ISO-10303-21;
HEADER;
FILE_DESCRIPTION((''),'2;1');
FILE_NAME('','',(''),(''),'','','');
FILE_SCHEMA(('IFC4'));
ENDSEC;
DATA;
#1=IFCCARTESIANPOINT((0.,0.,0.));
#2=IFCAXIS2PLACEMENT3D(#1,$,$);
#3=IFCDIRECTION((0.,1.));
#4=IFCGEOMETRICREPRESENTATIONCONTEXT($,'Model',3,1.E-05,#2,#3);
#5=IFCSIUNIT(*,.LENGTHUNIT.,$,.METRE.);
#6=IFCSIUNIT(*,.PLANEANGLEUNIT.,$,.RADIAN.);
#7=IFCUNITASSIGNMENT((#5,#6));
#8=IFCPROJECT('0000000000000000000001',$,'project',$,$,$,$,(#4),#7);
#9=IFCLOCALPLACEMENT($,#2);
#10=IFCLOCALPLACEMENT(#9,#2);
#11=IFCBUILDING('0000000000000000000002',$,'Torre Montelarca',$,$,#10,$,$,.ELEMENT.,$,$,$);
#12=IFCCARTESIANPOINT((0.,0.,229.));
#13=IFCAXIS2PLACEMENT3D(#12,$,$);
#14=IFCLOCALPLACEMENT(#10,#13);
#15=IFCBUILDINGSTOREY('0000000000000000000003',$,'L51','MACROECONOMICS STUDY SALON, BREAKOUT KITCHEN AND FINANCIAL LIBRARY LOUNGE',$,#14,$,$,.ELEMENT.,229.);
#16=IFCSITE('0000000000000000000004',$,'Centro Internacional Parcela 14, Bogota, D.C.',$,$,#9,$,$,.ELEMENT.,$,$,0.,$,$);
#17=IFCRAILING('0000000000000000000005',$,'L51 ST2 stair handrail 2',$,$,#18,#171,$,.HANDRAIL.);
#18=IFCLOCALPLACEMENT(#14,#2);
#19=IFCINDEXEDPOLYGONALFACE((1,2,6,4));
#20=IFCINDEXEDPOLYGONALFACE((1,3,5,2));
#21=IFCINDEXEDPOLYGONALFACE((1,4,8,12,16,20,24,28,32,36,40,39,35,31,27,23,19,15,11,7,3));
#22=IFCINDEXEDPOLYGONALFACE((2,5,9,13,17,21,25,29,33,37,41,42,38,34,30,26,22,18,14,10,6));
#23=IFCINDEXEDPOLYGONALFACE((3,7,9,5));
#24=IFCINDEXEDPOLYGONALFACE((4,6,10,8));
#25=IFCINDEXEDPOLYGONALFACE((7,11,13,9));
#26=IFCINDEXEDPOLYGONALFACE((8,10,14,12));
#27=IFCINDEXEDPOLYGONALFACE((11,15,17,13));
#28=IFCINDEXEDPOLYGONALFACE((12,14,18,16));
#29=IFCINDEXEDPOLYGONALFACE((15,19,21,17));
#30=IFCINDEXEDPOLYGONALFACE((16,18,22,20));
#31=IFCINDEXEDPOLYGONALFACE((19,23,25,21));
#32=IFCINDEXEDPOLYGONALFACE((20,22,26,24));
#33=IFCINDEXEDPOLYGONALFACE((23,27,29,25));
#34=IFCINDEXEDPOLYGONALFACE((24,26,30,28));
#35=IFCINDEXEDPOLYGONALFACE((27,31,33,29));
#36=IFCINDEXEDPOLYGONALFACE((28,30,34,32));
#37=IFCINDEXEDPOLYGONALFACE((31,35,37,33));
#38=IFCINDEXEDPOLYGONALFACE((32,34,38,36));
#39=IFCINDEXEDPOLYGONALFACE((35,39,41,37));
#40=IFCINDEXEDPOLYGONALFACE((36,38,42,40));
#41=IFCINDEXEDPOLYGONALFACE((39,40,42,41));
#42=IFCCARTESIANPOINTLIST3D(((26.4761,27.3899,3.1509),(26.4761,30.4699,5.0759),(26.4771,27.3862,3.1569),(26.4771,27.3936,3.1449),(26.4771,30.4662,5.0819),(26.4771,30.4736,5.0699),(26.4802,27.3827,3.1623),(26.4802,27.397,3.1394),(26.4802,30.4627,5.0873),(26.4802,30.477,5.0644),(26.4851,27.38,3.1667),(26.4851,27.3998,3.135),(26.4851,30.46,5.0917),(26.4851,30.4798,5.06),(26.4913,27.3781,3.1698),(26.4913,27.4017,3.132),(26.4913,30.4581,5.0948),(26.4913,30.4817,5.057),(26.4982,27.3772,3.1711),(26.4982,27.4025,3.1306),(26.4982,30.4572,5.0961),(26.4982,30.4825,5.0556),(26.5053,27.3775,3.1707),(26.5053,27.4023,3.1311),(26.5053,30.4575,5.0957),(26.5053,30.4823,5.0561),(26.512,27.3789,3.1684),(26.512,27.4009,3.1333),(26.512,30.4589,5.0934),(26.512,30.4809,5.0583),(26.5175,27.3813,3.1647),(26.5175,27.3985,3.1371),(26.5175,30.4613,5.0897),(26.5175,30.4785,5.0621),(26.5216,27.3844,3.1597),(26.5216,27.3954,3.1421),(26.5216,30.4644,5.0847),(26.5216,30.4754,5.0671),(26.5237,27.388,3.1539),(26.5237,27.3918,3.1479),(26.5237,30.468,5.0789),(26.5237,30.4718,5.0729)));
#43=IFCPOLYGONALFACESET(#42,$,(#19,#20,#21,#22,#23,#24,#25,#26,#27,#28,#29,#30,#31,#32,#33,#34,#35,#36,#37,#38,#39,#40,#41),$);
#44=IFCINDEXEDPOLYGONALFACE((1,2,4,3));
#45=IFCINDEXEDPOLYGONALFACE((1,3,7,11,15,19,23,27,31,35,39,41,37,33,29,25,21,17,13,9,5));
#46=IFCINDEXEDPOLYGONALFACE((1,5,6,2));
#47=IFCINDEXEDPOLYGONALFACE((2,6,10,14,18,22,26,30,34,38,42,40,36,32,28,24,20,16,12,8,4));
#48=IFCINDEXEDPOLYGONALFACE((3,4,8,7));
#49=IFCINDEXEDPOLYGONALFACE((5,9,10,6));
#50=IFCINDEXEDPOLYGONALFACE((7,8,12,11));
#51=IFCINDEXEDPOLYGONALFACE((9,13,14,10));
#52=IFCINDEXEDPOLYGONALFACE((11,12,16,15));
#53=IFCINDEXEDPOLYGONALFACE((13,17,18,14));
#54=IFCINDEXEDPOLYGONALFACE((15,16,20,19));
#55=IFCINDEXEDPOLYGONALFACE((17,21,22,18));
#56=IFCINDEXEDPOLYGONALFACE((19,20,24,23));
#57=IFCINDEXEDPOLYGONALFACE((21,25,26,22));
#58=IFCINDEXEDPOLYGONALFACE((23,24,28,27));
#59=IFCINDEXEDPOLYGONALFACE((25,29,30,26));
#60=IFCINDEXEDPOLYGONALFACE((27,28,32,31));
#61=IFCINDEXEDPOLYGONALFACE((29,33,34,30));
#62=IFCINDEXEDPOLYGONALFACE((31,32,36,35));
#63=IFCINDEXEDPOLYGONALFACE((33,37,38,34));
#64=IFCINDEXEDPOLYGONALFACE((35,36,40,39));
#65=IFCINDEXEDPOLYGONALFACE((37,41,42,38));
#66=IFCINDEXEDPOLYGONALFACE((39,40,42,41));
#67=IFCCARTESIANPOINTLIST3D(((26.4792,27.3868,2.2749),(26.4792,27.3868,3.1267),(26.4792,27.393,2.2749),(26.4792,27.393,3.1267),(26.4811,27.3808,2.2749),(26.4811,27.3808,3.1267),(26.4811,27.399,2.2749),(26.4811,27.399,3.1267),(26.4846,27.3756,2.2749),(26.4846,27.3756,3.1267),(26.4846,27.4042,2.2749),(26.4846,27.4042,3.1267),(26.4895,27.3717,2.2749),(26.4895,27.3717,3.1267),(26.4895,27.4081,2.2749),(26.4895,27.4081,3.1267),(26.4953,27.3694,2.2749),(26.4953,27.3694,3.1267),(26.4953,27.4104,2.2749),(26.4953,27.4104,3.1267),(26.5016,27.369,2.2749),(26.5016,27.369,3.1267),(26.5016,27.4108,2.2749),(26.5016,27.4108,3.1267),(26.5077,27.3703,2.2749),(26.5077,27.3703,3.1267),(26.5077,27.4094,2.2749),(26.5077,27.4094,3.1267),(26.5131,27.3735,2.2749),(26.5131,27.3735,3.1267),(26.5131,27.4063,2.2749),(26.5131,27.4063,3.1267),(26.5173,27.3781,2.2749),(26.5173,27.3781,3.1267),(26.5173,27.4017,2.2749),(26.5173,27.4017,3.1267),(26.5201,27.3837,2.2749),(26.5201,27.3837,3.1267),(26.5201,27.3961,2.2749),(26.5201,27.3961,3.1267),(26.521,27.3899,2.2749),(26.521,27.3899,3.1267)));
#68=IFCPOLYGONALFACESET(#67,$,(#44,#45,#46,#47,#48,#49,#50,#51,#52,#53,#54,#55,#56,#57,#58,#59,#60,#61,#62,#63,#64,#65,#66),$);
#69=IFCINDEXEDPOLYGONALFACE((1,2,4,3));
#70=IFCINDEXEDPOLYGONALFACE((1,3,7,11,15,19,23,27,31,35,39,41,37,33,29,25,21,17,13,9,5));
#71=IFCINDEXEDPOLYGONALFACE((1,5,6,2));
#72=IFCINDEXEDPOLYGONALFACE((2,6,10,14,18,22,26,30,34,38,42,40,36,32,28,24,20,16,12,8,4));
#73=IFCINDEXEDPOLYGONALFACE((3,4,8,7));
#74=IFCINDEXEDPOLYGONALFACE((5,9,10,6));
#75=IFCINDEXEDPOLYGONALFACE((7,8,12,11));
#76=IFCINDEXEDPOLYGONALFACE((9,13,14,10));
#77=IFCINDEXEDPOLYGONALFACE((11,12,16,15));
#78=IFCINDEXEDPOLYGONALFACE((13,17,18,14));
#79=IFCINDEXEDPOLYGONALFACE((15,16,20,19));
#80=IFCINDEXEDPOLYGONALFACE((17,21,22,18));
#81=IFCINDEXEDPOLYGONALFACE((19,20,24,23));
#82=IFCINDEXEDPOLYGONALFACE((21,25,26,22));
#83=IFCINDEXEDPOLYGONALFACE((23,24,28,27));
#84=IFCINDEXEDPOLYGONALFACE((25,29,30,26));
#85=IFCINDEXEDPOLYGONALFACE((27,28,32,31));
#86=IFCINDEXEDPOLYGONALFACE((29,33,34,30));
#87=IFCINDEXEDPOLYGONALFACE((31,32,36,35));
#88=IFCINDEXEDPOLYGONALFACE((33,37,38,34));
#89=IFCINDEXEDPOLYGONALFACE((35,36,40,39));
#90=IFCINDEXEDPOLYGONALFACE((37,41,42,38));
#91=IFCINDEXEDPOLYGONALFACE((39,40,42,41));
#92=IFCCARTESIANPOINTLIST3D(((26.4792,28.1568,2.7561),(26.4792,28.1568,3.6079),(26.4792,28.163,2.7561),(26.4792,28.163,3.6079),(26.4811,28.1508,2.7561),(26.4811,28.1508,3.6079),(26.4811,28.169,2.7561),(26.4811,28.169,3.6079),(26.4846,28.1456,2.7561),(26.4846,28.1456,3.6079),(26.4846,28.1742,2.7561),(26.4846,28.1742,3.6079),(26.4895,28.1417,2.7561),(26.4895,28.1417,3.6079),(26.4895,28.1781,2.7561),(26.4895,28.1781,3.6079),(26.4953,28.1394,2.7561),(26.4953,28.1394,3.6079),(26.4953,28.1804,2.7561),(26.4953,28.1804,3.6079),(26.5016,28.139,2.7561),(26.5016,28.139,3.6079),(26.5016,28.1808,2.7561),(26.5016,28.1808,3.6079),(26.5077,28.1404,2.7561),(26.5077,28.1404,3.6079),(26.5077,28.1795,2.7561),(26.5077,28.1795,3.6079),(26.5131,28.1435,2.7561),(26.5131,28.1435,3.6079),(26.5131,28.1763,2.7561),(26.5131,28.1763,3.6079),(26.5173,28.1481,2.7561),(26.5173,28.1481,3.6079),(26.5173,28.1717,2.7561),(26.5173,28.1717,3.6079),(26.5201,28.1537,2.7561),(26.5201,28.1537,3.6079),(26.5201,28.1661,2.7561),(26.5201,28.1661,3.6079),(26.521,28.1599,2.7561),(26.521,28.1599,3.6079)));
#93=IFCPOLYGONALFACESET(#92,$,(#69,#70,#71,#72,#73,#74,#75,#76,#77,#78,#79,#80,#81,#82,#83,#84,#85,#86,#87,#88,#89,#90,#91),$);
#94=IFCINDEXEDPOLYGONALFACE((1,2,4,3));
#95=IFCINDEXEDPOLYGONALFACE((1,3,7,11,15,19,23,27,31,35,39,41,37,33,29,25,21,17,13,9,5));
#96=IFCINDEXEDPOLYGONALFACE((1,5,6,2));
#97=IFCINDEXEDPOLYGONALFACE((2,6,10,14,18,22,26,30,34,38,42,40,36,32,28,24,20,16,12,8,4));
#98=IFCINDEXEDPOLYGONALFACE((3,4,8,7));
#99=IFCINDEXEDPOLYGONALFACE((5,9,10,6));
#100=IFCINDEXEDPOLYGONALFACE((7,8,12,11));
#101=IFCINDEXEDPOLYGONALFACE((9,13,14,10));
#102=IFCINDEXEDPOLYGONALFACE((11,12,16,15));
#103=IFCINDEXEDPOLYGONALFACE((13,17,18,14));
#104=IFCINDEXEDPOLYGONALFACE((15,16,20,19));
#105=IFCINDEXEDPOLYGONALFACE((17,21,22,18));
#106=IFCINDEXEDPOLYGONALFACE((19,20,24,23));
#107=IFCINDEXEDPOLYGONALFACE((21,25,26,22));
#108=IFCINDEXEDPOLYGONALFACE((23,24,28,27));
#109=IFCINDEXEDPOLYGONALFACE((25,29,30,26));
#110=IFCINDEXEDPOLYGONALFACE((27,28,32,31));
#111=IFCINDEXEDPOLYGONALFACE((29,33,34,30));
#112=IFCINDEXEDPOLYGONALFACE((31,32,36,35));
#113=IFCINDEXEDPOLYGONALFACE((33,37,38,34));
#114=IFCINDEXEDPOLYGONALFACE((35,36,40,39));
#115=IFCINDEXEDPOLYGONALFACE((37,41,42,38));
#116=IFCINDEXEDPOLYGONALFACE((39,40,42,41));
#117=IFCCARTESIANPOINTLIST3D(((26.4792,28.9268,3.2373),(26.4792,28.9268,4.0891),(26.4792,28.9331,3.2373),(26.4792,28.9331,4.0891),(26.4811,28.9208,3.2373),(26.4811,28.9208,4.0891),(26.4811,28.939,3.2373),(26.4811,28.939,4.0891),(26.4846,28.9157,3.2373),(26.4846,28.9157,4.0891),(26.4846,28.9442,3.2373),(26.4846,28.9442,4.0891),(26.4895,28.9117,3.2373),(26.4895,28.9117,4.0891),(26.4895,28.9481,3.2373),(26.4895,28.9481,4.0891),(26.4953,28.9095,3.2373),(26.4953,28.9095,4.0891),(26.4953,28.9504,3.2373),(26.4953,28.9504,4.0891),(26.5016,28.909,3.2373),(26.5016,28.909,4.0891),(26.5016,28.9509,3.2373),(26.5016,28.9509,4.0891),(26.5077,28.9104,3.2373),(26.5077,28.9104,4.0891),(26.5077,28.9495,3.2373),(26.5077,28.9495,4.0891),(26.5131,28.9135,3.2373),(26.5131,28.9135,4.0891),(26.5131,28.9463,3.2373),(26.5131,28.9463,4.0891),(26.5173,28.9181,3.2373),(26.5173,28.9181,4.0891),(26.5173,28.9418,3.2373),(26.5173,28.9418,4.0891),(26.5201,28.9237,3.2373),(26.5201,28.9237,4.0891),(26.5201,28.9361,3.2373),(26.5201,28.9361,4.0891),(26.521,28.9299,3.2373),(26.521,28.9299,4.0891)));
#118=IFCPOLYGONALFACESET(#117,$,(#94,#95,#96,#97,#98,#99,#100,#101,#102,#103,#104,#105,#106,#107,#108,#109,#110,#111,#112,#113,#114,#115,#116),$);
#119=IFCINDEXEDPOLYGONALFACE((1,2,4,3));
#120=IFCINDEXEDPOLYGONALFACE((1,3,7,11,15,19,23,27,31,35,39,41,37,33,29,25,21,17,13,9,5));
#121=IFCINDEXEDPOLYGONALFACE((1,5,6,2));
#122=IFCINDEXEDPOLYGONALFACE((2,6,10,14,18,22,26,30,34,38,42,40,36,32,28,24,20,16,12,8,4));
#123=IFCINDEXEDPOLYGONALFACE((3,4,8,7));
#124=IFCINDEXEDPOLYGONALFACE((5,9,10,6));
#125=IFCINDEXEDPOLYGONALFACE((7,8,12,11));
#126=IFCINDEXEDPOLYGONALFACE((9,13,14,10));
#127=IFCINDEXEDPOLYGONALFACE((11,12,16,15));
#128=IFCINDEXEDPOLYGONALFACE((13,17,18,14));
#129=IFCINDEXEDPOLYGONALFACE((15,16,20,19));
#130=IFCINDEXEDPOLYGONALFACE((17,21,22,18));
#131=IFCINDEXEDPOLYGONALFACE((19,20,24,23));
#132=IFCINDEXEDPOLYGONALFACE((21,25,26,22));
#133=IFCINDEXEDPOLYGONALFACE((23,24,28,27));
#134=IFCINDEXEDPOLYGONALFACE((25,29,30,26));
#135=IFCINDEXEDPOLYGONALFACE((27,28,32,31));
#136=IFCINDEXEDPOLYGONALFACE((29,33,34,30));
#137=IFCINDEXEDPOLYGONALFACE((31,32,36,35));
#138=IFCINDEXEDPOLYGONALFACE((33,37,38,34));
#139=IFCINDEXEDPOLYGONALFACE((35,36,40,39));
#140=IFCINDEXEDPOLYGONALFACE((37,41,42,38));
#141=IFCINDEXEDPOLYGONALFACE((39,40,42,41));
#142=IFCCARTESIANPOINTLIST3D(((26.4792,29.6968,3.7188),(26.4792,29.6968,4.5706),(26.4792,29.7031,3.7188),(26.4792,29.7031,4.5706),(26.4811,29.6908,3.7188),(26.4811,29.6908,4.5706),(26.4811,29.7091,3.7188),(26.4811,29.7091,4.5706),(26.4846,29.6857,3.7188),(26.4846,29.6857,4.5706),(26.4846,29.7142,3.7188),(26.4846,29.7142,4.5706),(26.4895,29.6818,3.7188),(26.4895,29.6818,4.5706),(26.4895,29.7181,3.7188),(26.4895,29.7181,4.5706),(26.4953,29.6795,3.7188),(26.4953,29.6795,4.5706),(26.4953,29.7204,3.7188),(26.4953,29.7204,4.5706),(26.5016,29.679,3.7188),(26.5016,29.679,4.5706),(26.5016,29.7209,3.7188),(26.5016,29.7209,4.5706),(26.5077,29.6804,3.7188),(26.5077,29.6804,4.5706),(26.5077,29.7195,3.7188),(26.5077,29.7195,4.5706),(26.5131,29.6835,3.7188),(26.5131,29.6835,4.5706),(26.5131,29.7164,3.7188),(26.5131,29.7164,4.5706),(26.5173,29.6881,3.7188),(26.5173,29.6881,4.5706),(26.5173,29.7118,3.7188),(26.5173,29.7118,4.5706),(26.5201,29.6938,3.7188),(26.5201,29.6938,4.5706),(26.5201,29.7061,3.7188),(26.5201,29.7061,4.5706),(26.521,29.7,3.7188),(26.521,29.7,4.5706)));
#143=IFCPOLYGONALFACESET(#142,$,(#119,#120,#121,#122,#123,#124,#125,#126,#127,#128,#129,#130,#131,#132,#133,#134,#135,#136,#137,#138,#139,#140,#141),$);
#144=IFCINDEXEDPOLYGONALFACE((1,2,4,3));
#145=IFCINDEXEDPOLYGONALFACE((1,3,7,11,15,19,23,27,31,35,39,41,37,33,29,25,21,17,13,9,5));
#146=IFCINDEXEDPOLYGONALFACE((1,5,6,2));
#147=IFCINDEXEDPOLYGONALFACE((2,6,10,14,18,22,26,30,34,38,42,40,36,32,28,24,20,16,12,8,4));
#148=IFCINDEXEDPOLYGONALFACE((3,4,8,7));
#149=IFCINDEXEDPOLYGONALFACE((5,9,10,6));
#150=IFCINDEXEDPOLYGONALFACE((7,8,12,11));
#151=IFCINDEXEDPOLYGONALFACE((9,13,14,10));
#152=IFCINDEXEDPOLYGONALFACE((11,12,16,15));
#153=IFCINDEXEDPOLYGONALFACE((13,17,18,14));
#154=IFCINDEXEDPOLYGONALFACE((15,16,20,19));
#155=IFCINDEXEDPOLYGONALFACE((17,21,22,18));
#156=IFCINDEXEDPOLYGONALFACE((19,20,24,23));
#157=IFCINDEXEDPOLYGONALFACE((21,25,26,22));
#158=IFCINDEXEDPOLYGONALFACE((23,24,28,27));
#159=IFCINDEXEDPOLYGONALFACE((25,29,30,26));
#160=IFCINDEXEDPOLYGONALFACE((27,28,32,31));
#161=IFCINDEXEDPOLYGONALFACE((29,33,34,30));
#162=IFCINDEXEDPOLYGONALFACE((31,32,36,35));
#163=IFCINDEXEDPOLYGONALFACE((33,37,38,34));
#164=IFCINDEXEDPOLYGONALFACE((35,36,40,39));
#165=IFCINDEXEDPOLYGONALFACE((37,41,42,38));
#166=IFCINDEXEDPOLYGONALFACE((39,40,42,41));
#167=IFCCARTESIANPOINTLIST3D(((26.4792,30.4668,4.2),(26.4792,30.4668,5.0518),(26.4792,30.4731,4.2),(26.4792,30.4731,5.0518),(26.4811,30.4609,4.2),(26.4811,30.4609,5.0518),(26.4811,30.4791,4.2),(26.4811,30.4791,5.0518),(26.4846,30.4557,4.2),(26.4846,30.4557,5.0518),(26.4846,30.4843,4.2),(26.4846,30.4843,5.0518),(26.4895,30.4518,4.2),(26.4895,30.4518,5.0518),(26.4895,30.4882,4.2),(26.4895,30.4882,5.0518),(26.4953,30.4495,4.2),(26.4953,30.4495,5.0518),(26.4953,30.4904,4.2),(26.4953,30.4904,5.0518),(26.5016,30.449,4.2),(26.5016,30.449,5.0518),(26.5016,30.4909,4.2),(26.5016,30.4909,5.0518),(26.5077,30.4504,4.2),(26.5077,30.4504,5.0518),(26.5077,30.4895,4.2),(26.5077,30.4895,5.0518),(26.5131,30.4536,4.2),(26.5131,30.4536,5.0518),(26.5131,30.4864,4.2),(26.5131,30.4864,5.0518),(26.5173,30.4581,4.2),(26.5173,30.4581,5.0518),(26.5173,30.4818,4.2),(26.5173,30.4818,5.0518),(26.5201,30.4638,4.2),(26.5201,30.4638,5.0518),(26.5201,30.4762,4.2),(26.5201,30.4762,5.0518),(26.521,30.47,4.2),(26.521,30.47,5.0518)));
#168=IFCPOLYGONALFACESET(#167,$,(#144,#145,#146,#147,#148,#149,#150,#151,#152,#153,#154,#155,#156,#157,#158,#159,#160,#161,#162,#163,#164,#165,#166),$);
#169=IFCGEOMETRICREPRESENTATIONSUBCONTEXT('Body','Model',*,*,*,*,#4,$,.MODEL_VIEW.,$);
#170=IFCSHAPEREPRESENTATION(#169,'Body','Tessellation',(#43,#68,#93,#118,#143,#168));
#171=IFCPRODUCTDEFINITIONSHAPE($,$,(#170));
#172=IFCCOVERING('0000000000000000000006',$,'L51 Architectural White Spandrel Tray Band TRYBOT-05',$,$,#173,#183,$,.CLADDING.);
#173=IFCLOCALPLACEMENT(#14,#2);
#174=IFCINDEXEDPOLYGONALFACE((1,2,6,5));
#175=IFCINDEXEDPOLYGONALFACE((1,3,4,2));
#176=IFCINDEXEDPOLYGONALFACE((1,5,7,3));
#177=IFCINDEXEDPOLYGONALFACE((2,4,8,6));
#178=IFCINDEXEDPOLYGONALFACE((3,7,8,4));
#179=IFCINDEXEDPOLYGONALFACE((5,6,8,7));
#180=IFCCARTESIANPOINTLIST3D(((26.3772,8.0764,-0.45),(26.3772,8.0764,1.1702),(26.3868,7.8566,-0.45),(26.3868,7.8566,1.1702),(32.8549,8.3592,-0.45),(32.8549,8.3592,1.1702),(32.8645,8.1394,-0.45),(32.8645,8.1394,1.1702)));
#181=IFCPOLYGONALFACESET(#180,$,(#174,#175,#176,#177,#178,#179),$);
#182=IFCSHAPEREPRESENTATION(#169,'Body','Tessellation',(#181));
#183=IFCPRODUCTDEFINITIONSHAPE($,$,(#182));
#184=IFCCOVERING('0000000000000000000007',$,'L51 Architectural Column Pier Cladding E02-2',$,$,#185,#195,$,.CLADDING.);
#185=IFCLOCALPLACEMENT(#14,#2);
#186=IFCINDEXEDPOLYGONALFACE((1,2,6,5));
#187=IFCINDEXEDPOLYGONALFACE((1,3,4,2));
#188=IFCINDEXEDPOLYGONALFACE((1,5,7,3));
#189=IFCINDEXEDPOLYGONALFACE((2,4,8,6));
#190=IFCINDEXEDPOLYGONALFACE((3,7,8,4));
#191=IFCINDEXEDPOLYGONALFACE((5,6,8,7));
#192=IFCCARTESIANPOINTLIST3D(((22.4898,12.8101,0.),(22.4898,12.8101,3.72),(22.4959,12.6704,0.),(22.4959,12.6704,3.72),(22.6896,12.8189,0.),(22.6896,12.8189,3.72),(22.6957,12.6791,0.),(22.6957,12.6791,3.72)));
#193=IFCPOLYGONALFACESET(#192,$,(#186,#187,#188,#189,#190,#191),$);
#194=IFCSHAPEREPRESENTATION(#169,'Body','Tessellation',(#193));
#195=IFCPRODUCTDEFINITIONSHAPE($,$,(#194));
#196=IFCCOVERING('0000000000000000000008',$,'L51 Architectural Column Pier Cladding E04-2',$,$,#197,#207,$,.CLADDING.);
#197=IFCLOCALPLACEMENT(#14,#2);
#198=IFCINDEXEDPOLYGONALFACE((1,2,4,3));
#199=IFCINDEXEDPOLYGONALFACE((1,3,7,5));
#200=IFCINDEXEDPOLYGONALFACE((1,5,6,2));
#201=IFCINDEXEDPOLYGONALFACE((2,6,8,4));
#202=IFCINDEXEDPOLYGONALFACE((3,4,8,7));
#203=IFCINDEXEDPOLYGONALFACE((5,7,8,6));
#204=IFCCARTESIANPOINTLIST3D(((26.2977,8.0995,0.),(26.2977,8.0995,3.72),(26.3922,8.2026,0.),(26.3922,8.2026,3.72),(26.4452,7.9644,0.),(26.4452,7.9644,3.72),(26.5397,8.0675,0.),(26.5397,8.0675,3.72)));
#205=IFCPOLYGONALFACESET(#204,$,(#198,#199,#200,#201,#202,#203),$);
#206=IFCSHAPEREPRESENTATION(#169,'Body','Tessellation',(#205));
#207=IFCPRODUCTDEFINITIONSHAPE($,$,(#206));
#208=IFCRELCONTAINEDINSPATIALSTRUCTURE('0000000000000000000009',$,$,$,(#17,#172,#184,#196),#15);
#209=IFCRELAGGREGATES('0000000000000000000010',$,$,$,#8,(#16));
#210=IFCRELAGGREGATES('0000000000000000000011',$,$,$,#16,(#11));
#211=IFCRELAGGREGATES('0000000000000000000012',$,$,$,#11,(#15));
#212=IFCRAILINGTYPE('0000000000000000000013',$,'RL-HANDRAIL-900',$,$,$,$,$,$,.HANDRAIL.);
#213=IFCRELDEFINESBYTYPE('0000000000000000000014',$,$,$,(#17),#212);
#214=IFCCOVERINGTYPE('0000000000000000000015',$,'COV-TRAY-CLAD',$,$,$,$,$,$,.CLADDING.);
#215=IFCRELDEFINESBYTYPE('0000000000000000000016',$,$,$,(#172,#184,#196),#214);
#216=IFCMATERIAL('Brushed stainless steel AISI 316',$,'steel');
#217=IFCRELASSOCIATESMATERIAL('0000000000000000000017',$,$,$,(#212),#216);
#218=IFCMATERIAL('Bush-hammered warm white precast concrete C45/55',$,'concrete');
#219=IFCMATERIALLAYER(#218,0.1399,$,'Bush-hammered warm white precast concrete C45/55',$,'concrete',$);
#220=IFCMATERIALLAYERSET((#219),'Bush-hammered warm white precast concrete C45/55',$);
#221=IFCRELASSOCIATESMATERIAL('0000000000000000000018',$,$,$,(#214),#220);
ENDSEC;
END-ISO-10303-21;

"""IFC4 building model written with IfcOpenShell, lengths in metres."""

from ifc_helpers import new_model, si_unit, direction, frame, origin, origin_2d, place, context, subcontext, project, spatial, rectangle, circle, extrude, source, transform, mapped, material, layer, layer_set, type_object, element, save


model = new_model("IFC4")

# Units and contexts
model_context = context("Model", 3, precision=1e-05, world=origin(), true_north=direction((0.0, 1.0)))
body_context = subcontext(model_context, "Body", "Model", "MODEL_VIEW")
ifc_project = project(units=[si_unit("LENGTHUNIT", "METRE"), si_unit("PLANEANGLEUNIT", "RADIAN")], contexts=[model_context])

# Site, building, storey
site_placement = place(None, origin())
site = spatial("IfcSite", under=ifc_project, at=site_placement, Name="Centro Internacional Parcela 14, Bogota, D.C.", CompositionType="ELEMENT", RefElevation=0.0)
building_placement = place(site_placement, origin())
building = spatial("IfcBuilding", under=site, at=building_placement, Name="Torre Montelarca", CompositionType="ELEMENT")
storey_placement = place(building_placement, frame((0.0, 0.0, 229.0)))
storey = spatial("IfcBuildingStorey", under=building, at=storey_placement, Name="L51", Description="MACROECONOMICS STUDY SALON, BREAKOUT KITCHEN AND FINANCIAL LIBRARY LOUNGE", CompositionType="ELEMENT", Elevation=229.0)

# Railing
ifc_material_1 = material(Name="Brushed stainless steel AISI 316", Category="steel")
railing_type_1 = type_object("IfcRailingType", Name="RL-HANDRAIL-900", PredefinedType="HANDRAIL", material=ifc_material_1)
railing_1_placement = place(storey_placement, frame((26.5, 27.3899, 2.2749)))
element("IfcRailing", 1, at=railing_1_placement, inside=storey, type_object=railing_type_1, Name="L51 ST2 stair handrail 2", PredefinedType="HANDRAIL", context=body_context, shape_type="SweptSolid", body=[
    extrude(circle(Radius=0.0239, at=origin_2d()), frame((0.0, 0.0, 0.876), z_axis=(0.0, 0.847998, 0.529999), x_axis=(-1.0, 0.0, 0.0)), (0.0, 0.0, 1.0), 3.6321),
    extrude(circle(Radius=0.021, at=origin_2d()), origin(), (0.0, 0.0, 1.0), 0.8518),
    extrude(circle(Radius=0.021, at=origin_2d()), frame((0.0, 0.77, 0.4812)), (0.0, 0.0, 1.0), 0.8518),
    extrude(circle(Radius=0.021, at=origin_2d()), frame((0.0, 1.54, 0.9624)), (0.0, 0.0, 1.0), 0.8518),
    extrude(circle(Radius=0.021, at=origin_2d()), frame((0.0, 2.3101, 1.4438)), (0.0, 0.0, 1.0), 0.8518),
    extrude(circle(Radius=0.021, at=origin_2d()), frame((0.0, 3.0801, 1.925)), (0.0, 0.0, 1.0), 0.8518),
])

# Coverings
ifc_material_2 = material(Name="Bush-hammered warm white precast concrete C45/55", Category="concrete")
ifc_layer_1 = layer(ifc_material_2, 0.1399, Name="Bush-hammered warm white precast concrete C45/55", Category="concrete")
ifc_layer_set_1 = layer_set([ifc_layer_1], Name="Bush-hammered warm white precast concrete C45/55")
covering_type = type_object("IfcCoveringType", Name="COV-TRAY-CLAD", PredefinedType="CLADDING", material=ifc_layer_set_1)
shared_shape_1 = source(origin(), body_context, "Body", "SweptSolid", [
    extrude(rectangle(XDim=6.4839, YDim=0.22, at=origin_2d()), origin(), (0.0, 0.0, 1.0), 1.6201),
])
covering_1_placement = place(storey_placement, frame((29.6208, 8.1079, -0.45), z_axis=(0.0, 0.0, 1.0), x_axis=(0.999048, 0.043621, 0.0)))
element("IfcCovering", 2, at=covering_1_placement, inside=storey, type_object=covering_type, Name="L51 Architectural White Spandrel Tray Band TRYBOT-05", PredefinedType="CLADDING", context=body_context, shape_type="MappedRepresentation", body=[
    mapped(shared_shape_1, transform((0.0, 0.0, 0.0), scale=1.0)),
])
shared_shape_2 = source(origin(), body_context, "Body", "SweptSolid", [
    extrude(rectangle(XDim=0.2, YDim=0.1399, at=origin_2d()), origin(), (0.0, 0.0, 1.0), 3.72),
])
for number, where, z_axis, x_axis, name in (
    (3, (22.5928, 12.7446, 0.0), (0.0, 0.0, 1.0), (0.999047, 0.043637, 0.0), "L51 Architectural Column Pier Cladding E02-2"),
    (4, (26.4187, 8.0835, 0.0), (0.0, 0.0, 1.0), (0.737282, -0.675585, 0.0), "L51 Architectural Column Pier Cladding E04-2"),
):
    element("IfcCovering", number, at=place(storey_placement, frame(where, z_axis=z_axis, x_axis=x_axis)), inside=storey, type_object=covering_type, Name=name, PredefinedType="CLADDING", context=body_context, shape_type="MappedRepresentation", body=[
        mapped(shared_shape_2, transform((0.0, 0.0, 0.0), scale=1.0)),
    ])

save(model, "model.ifc")
